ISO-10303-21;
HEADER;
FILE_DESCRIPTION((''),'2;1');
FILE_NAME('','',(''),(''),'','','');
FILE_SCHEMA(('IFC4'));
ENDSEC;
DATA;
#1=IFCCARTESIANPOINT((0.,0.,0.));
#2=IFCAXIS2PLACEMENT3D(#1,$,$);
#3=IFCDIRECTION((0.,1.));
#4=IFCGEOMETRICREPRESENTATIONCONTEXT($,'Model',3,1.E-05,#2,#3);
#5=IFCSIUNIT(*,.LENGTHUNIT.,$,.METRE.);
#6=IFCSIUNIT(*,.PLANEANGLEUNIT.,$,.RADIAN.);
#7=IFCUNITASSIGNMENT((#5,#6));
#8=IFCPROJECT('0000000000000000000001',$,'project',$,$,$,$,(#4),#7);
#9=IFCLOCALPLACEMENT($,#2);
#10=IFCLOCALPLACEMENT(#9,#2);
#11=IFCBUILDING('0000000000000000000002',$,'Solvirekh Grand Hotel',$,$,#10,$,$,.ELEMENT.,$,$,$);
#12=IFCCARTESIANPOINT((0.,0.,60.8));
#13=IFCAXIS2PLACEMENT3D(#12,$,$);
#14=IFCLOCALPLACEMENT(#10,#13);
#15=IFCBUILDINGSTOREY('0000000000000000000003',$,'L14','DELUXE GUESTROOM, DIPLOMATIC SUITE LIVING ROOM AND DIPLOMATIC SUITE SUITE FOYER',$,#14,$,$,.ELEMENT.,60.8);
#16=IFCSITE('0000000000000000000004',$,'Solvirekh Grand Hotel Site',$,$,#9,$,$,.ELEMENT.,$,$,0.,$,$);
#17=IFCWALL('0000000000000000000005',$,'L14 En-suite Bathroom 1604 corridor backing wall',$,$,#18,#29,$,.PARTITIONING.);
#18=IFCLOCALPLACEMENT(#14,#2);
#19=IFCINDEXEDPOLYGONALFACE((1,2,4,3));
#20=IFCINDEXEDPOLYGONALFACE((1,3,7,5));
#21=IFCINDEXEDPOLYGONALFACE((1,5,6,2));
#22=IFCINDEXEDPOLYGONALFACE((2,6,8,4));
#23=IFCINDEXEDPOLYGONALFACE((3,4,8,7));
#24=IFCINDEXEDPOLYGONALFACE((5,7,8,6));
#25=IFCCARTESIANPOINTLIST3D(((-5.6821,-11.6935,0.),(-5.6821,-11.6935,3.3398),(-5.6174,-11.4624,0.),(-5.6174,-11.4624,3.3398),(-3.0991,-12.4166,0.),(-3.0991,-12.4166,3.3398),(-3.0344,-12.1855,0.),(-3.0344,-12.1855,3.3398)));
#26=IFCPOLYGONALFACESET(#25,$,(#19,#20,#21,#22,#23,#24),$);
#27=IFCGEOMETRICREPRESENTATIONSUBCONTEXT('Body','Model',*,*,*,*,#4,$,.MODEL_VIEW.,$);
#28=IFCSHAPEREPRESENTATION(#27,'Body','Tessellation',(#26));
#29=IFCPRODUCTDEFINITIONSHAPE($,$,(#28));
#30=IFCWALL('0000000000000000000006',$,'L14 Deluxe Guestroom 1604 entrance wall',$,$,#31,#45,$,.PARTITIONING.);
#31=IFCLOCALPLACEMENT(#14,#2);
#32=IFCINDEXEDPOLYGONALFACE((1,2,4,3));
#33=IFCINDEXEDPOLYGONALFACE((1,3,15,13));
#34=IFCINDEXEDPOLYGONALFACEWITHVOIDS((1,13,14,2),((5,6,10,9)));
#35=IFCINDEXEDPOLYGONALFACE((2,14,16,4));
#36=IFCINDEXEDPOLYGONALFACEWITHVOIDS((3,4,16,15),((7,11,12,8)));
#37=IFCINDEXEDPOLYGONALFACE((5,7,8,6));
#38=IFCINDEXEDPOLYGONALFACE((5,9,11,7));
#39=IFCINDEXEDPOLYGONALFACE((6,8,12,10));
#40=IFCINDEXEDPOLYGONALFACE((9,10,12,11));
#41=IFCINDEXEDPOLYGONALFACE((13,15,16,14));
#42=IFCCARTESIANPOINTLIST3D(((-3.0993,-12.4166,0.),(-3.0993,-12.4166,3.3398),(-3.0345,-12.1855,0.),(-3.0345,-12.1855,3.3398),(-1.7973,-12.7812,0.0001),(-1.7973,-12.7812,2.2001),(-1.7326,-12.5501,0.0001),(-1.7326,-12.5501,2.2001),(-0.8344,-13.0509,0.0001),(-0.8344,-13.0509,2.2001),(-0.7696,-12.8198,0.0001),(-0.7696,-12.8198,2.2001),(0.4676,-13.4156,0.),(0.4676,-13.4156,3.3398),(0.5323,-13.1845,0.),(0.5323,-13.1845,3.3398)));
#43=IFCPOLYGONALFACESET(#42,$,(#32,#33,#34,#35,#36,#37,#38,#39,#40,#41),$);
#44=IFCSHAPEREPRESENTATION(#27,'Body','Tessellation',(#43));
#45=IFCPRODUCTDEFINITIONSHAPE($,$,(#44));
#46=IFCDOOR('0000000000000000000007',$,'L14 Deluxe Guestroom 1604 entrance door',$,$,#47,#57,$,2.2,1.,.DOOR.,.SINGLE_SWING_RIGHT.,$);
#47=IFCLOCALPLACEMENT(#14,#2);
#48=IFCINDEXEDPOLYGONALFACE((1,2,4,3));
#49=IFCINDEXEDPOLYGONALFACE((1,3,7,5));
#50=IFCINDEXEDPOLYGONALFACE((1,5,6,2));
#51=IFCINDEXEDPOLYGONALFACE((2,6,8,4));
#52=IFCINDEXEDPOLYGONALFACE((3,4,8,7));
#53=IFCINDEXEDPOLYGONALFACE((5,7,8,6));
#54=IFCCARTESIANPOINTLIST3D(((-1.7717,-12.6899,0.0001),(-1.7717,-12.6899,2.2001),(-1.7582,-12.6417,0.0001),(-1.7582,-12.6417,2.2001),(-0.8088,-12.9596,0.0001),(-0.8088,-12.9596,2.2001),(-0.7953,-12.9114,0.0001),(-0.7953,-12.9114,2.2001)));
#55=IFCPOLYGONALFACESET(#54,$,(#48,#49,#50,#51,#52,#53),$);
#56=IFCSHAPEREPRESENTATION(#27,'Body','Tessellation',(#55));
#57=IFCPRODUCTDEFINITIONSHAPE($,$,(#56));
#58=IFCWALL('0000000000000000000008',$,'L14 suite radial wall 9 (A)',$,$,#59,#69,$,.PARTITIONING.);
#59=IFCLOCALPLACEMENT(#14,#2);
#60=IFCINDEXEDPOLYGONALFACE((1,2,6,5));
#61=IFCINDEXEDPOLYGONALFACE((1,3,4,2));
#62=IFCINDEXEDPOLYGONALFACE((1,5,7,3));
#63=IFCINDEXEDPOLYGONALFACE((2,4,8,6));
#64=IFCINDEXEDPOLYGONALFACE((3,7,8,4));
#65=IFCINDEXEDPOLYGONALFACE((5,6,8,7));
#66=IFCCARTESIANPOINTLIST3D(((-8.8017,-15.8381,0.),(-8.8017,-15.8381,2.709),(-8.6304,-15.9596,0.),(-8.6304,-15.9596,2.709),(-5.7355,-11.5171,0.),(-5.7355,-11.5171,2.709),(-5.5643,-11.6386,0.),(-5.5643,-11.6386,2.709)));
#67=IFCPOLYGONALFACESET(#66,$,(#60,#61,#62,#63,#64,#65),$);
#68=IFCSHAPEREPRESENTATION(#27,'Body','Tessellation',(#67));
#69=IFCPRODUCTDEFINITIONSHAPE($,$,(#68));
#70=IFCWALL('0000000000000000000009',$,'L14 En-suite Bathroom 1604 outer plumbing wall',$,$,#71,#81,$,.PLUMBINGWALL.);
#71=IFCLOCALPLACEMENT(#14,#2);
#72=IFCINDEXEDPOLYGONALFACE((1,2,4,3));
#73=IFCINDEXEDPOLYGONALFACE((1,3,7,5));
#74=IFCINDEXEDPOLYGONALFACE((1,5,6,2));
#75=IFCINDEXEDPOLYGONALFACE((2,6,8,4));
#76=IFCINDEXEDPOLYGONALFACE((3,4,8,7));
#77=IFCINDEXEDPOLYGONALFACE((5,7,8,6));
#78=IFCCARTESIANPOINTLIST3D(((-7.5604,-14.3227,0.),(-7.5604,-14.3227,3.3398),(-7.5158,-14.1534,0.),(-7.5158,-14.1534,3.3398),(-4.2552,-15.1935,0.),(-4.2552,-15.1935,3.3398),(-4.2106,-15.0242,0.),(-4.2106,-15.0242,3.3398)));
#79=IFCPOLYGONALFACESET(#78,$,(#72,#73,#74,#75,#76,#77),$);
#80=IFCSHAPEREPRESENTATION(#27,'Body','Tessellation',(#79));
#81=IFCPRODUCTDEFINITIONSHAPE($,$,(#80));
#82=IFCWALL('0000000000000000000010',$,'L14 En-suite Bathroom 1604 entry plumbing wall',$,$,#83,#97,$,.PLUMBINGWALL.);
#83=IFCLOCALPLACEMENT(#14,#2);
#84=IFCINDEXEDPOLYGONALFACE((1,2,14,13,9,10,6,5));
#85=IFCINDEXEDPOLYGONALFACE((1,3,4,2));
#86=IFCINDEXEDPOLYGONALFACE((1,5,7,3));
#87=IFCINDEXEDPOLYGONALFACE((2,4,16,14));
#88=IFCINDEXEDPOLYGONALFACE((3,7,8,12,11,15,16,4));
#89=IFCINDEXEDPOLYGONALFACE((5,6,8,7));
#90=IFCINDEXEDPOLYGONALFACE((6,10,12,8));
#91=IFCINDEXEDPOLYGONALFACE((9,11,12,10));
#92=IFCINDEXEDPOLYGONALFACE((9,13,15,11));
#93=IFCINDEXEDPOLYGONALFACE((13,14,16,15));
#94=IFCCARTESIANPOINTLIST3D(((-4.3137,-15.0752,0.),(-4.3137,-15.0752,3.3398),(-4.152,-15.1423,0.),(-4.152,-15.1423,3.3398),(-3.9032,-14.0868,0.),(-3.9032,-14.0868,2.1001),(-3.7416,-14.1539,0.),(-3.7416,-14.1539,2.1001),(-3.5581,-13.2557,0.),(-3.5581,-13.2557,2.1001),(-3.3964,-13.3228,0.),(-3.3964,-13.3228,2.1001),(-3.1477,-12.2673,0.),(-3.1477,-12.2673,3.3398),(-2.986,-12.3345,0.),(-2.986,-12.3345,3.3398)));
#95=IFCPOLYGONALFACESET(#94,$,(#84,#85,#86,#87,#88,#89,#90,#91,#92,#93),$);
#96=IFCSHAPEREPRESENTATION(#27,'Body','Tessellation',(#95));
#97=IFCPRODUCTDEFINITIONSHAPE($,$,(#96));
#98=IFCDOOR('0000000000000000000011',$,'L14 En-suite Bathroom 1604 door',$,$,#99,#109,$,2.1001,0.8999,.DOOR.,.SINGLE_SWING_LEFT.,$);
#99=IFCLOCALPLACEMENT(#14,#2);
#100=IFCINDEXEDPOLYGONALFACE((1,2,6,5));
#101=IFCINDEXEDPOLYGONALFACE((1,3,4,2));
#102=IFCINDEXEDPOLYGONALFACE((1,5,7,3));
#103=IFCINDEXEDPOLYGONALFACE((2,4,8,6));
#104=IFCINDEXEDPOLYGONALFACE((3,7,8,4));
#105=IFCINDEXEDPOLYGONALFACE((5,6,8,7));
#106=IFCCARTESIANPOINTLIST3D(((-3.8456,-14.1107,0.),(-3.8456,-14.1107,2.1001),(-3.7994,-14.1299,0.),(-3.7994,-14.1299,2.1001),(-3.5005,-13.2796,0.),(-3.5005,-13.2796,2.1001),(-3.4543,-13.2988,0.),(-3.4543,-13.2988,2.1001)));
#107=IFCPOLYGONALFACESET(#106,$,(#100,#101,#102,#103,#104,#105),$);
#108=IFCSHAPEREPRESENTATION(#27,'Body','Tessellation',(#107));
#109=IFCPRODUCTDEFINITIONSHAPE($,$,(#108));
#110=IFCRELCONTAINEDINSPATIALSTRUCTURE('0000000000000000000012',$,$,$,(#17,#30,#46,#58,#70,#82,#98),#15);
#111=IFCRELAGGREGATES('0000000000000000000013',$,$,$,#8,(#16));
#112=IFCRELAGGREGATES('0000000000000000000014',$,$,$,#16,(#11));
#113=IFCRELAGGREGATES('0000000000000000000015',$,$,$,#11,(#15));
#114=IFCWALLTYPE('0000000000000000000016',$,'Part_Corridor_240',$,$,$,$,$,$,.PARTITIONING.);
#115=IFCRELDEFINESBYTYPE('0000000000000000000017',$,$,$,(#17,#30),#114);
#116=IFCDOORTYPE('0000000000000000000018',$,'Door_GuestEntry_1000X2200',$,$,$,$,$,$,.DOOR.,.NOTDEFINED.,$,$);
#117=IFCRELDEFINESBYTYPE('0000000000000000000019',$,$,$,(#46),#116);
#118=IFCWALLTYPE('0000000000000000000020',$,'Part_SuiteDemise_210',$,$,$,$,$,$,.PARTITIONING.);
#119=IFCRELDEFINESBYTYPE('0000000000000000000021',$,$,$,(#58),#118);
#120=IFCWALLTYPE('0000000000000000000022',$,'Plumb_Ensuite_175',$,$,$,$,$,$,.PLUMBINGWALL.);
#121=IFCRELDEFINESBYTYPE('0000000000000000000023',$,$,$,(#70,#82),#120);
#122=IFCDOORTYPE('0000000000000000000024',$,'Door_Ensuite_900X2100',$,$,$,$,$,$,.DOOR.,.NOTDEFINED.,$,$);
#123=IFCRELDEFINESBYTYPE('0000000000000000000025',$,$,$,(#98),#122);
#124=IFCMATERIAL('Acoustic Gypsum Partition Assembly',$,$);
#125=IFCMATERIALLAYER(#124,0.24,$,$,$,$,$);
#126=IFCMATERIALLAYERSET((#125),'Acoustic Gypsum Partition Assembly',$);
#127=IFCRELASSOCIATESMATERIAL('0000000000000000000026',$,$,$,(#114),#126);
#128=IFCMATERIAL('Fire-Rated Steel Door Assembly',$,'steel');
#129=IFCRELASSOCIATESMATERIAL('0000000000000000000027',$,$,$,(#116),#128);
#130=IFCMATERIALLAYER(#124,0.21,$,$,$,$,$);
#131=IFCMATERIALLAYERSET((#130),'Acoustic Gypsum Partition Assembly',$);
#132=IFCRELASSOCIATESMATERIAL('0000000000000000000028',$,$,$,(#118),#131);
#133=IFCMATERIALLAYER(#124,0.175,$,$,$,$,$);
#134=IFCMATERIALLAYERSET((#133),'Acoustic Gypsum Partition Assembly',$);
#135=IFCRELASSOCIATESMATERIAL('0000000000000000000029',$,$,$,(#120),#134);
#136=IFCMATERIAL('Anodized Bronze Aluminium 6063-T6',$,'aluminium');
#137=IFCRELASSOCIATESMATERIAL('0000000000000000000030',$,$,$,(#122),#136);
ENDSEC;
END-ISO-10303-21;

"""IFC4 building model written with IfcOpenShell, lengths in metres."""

from ifc_helpers import new_model, si_unit, direction, frame, frame_2d, origin, place, context, subcontext, project, spatial, rectangle, extrude, material, layer, layer_set, type_object, element, fill, save


model = new_model("IFC4")

# Units and contexts
model_context = context("Model", 3, precision=1e-05, world=origin(), true_north=direction((0.0, 1.0)))
body_context = subcontext(model_context, "Body", "Model", "MODEL_VIEW")
ifc_project = project(units=[si_unit("LENGTHUNIT", "METRE"), si_unit("PLANEANGLEUNIT", "RADIAN")], contexts=[model_context])

# Site, building, storey
site_placement = place(None, origin())
site = spatial("IfcSite", under=ifc_project, at=site_placement, Name="Solvirekh Grand Hotel Site", CompositionType="ELEMENT", RefElevation=0.0)
building_placement = place(site_placement, origin())
building = spatial("IfcBuilding", under=site, at=building_placement, Name="Solvirekh Grand Hotel", CompositionType="ELEMENT")
storey_placement = place(building_placement, frame((0.0, 0.0, 60.8)))
storey = spatial("IfcBuildingStorey", under=building, at=storey_placement, Name="L14", Description="DELUXE GUESTROOM, DIPLOMATIC SUITE LIVING ROOM AND DIPLOMATIC SUITE SUITE FOYER", CompositionType="ELEMENT", Elevation=60.8)

# Shared definitions
ifc_material_1 = material(Name="Anodized Bronze Aluminium 6063-T6", Category="aluminium")

# Shared definitions
ifc_material_2 = material(Name="Fire-Rated Steel Door Assembly", Category="steel")

# Wall
ifc_material_3 = material(Name="Acoustic Gypsum Partition Assembly")
ifc_layer_1 = layer(ifc_material_3, 0.24)
ifc_layer_set_1 = layer_set([ifc_layer_1], Name="Acoustic Gypsum Partition Assembly")
wall_type_1 = type_object("IfcWallType", Name="Part_Corridor_240", PredefinedType="PARTITIONING", material=ifc_layer_set_1)
wall_1_placement = place(storey_placement, frame((-5.6499, -11.5779, 0.0), z_axis=(0.0, 0.0, 1.0), x_axis=(0.962973, -0.269596, 0.0)))
element("IfcWall", 1, at=wall_1_placement, inside=storey, type_object=wall_type_1, Name="L14 En-suite Bathroom 1604 corridor backing wall", PredefinedType="PARTITIONING", context=body_context, shape_type="SweptSolid", body=[
    extrude(rectangle(XDim=2.6824, YDim=0.24, at=frame_2d((1.3413, 0.0))), origin(), (0.0, 0.0, 1.0), 3.3398),
])

# Wall, opening, door
wall_2_placement = place(storey_placement, frame((-3.0669, -12.301, 0.0), z_axis=(0.0, 0.0, 1.0), x_axis=(0.962943, -0.269703, 0.0)))
wall_2 = element("IfcWall", 2, at=wall_2_placement, inside=storey, type_object=wall_type_1, Name="L14 Deluxe Guestroom 1604 entrance wall", PredefinedType="PARTITIONING", context=body_context, shape_type="SweptSolid", body=[
    extrude(rectangle(XDim=3.7041, YDim=0.24, at=frame_2d((1.8521, 0.0))), origin(), (0.0, 0.0, 1.0), 3.3398),
])
opening_1_placement = place(wall_2_placement, frame((1.3521, 0.0, 0.0)))
opening_1 = element("IfcOpeningElement", 3, at=opening_1_placement, cuts=wall_2, PredefinedType="OPENING", context=body_context, shape_type="SweptSolid", body=[
    extrude(rectangle(XDim=1.0, YDim=2.2, at=frame_2d((0.5, 1.1001))), frame((0.0, 0.1299, 0.0), z_axis=(0.0, -1.0, 0.0), x_axis=(1.0, 0.0, 0.0)), (0.0, 0.0, 1.0), 0.26),
])
door_type_1 = type_object("IfcDoorType", Name="Door_GuestEntry_1000X2200", OperationType="NOTDEFINED", PredefinedType="DOOR", material=ifc_material_2)
door_1_placement = place(opening_1_placement, origin())
door_1 = element("IfcDoor", 4, at=door_1_placement, inside=storey, type_object=door_type_1, Name="L14 Deluxe Guestroom 1604 entrance door", OperationType="SINGLE_SWING_RIGHT", OverallHeight=2.2, OverallWidth=1.0, PredefinedType="DOOR", context=body_context, shape_type="SweptSolid", body=[
    extrude(rectangle(XDim=1.0, YDim=2.2, at=frame_2d((0.5, 1.1001))), frame((0.0, 0.0249, 0.0), z_axis=(0.0, -1.0, 0.0), x_axis=(1.0, 0.0, 0.0)), (0.0, 0.0, 1.0), 0.05),
])
fill(opening_1, door_1)

# Walls
ifc_layer_2 = layer(ifc_material_3, 0.21)
ifc_layer_set_2 = layer_set([ifc_layer_2], Name="Acoustic Gypsum Partition Assembly")
wall_type_2 = type_object("IfcWallType", Name="Part_SuiteDemise_210", PredefinedType="PARTITIONING", material=ifc_layer_set_2)
wall_3_placement = place(storey_placement, frame((-5.6499, -11.5779, 0.0), z_axis=(0.0, 0.0, 1.0), x_axis=(-0.578699, -0.815542, 0.0)))
element("IfcWall", 5, at=wall_3_placement, inside=storey, type_object=wall_type_2, Name="L14 suite radial wall 9 (A)", PredefinedType="PARTITIONING", context=body_context, shape_type="SweptSolid", body=[
    extrude(rectangle(XDim=5.2983, YDim=0.21, at=frame_2d((2.6492, 0.0))), origin(), (0.0, 0.0, 1.0), 2.709),
])
ifc_layer_3 = layer(ifc_material_3, 0.175)
ifc_layer_set_3 = layer_set([ifc_layer_3], Name="Acoustic Gypsum Partition Assembly")
wall_type_3 = type_object("IfcWallType", Name="Plumb_Ensuite_175", PredefinedType="PLUMBINGWALL", material=ifc_layer_set_3)
wall_4_placement = place(storey_placement, frame((-7.5381, -14.238, 0.0), z_axis=(0.0, 0.0, 1.0), x_axis=(0.966998, -0.254785, 0.0)))
element("IfcWall", 6, at=wall_4_placement, inside=storey, type_object=wall_type_3, Name="L14 En-suite Bathroom 1604 outer plumbing wall", PredefinedType="PLUMBINGWALL", context=body_context, shape_type="SweptSolid", body=[
    extrude(rectangle(XDim=3.418, YDim=0.175, at=frame_2d((1.709, 0.0))), origin(), (0.0, 0.0, 1.0), 3.3398),
])

# Wall, opening, door
wall_5_placement = place(storey_placement, frame((-3.0669, -12.301, 0.0), z_axis=(0.0, 0.0, 1.0), x_axis=(-0.383515, -0.923535, 0.0)))
wall_5 = element("IfcWall", 7, at=wall_5_placement, inside=storey, type_object=wall_type_3, Name="L14 En-suite Bathroom 1604 entry plumbing wall", PredefinedType="PLUMBINGWALL", context=body_context, shape_type="SweptSolid", body=[
    extrude(rectangle(XDim=3.0403, YDim=0.175, at=frame_2d((1.52, 0.0))), origin(), (0.0, 0.0, 1.0), 3.3398),
])
opening_2_placement = place(wall_5_placement, frame((1.0701, 0.0, 0.0)))
opening_2 = element("IfcOpeningElement", 8, at=opening_2_placement, cuts=wall_5, PredefinedType="OPENING", context=body_context, shape_type="SweptSolid", body=[
    extrude(rectangle(XDim=0.8999, YDim=2.1001, at=frame_2d((0.45, 1.05))), frame((0.0, 0.0977, 0.0), z_axis=(0.0, -1.0, 0.0), x_axis=(1.0, 0.0, 0.0)), (0.0, 0.0, 1.0), 0.1951),
])
door_type_2 = type_object("IfcDoorType", Name="Door_Ensuite_900X2100", OperationType="NOTDEFINED", PredefinedType="DOOR", material=ifc_material_1)
door_2_placement = place(opening_2_placement, origin())
door_2 = element("IfcDoor", 9, at=door_2_placement, inside=storey, type_object=door_type_2, Name="L14 En-suite Bathroom 1604 door", OperationType="SINGLE_SWING_LEFT", OverallHeight=2.1001, OverallWidth=0.8999, PredefinedType="DOOR", context=body_context, shape_type="SweptSolid", body=[
    extrude(rectangle(XDim=0.8999, YDim=2.1001, at=frame_2d((0.45, 1.05))), frame((0.0, 0.0249, 0.0), z_axis=(0.0, -1.0, 0.0), x_axis=(1.0, 0.0, 0.0)), (0.0, 0.0, 1.0), 0.05),
])
fill(opening_2, door_2)

save(model, "model.ifc")
